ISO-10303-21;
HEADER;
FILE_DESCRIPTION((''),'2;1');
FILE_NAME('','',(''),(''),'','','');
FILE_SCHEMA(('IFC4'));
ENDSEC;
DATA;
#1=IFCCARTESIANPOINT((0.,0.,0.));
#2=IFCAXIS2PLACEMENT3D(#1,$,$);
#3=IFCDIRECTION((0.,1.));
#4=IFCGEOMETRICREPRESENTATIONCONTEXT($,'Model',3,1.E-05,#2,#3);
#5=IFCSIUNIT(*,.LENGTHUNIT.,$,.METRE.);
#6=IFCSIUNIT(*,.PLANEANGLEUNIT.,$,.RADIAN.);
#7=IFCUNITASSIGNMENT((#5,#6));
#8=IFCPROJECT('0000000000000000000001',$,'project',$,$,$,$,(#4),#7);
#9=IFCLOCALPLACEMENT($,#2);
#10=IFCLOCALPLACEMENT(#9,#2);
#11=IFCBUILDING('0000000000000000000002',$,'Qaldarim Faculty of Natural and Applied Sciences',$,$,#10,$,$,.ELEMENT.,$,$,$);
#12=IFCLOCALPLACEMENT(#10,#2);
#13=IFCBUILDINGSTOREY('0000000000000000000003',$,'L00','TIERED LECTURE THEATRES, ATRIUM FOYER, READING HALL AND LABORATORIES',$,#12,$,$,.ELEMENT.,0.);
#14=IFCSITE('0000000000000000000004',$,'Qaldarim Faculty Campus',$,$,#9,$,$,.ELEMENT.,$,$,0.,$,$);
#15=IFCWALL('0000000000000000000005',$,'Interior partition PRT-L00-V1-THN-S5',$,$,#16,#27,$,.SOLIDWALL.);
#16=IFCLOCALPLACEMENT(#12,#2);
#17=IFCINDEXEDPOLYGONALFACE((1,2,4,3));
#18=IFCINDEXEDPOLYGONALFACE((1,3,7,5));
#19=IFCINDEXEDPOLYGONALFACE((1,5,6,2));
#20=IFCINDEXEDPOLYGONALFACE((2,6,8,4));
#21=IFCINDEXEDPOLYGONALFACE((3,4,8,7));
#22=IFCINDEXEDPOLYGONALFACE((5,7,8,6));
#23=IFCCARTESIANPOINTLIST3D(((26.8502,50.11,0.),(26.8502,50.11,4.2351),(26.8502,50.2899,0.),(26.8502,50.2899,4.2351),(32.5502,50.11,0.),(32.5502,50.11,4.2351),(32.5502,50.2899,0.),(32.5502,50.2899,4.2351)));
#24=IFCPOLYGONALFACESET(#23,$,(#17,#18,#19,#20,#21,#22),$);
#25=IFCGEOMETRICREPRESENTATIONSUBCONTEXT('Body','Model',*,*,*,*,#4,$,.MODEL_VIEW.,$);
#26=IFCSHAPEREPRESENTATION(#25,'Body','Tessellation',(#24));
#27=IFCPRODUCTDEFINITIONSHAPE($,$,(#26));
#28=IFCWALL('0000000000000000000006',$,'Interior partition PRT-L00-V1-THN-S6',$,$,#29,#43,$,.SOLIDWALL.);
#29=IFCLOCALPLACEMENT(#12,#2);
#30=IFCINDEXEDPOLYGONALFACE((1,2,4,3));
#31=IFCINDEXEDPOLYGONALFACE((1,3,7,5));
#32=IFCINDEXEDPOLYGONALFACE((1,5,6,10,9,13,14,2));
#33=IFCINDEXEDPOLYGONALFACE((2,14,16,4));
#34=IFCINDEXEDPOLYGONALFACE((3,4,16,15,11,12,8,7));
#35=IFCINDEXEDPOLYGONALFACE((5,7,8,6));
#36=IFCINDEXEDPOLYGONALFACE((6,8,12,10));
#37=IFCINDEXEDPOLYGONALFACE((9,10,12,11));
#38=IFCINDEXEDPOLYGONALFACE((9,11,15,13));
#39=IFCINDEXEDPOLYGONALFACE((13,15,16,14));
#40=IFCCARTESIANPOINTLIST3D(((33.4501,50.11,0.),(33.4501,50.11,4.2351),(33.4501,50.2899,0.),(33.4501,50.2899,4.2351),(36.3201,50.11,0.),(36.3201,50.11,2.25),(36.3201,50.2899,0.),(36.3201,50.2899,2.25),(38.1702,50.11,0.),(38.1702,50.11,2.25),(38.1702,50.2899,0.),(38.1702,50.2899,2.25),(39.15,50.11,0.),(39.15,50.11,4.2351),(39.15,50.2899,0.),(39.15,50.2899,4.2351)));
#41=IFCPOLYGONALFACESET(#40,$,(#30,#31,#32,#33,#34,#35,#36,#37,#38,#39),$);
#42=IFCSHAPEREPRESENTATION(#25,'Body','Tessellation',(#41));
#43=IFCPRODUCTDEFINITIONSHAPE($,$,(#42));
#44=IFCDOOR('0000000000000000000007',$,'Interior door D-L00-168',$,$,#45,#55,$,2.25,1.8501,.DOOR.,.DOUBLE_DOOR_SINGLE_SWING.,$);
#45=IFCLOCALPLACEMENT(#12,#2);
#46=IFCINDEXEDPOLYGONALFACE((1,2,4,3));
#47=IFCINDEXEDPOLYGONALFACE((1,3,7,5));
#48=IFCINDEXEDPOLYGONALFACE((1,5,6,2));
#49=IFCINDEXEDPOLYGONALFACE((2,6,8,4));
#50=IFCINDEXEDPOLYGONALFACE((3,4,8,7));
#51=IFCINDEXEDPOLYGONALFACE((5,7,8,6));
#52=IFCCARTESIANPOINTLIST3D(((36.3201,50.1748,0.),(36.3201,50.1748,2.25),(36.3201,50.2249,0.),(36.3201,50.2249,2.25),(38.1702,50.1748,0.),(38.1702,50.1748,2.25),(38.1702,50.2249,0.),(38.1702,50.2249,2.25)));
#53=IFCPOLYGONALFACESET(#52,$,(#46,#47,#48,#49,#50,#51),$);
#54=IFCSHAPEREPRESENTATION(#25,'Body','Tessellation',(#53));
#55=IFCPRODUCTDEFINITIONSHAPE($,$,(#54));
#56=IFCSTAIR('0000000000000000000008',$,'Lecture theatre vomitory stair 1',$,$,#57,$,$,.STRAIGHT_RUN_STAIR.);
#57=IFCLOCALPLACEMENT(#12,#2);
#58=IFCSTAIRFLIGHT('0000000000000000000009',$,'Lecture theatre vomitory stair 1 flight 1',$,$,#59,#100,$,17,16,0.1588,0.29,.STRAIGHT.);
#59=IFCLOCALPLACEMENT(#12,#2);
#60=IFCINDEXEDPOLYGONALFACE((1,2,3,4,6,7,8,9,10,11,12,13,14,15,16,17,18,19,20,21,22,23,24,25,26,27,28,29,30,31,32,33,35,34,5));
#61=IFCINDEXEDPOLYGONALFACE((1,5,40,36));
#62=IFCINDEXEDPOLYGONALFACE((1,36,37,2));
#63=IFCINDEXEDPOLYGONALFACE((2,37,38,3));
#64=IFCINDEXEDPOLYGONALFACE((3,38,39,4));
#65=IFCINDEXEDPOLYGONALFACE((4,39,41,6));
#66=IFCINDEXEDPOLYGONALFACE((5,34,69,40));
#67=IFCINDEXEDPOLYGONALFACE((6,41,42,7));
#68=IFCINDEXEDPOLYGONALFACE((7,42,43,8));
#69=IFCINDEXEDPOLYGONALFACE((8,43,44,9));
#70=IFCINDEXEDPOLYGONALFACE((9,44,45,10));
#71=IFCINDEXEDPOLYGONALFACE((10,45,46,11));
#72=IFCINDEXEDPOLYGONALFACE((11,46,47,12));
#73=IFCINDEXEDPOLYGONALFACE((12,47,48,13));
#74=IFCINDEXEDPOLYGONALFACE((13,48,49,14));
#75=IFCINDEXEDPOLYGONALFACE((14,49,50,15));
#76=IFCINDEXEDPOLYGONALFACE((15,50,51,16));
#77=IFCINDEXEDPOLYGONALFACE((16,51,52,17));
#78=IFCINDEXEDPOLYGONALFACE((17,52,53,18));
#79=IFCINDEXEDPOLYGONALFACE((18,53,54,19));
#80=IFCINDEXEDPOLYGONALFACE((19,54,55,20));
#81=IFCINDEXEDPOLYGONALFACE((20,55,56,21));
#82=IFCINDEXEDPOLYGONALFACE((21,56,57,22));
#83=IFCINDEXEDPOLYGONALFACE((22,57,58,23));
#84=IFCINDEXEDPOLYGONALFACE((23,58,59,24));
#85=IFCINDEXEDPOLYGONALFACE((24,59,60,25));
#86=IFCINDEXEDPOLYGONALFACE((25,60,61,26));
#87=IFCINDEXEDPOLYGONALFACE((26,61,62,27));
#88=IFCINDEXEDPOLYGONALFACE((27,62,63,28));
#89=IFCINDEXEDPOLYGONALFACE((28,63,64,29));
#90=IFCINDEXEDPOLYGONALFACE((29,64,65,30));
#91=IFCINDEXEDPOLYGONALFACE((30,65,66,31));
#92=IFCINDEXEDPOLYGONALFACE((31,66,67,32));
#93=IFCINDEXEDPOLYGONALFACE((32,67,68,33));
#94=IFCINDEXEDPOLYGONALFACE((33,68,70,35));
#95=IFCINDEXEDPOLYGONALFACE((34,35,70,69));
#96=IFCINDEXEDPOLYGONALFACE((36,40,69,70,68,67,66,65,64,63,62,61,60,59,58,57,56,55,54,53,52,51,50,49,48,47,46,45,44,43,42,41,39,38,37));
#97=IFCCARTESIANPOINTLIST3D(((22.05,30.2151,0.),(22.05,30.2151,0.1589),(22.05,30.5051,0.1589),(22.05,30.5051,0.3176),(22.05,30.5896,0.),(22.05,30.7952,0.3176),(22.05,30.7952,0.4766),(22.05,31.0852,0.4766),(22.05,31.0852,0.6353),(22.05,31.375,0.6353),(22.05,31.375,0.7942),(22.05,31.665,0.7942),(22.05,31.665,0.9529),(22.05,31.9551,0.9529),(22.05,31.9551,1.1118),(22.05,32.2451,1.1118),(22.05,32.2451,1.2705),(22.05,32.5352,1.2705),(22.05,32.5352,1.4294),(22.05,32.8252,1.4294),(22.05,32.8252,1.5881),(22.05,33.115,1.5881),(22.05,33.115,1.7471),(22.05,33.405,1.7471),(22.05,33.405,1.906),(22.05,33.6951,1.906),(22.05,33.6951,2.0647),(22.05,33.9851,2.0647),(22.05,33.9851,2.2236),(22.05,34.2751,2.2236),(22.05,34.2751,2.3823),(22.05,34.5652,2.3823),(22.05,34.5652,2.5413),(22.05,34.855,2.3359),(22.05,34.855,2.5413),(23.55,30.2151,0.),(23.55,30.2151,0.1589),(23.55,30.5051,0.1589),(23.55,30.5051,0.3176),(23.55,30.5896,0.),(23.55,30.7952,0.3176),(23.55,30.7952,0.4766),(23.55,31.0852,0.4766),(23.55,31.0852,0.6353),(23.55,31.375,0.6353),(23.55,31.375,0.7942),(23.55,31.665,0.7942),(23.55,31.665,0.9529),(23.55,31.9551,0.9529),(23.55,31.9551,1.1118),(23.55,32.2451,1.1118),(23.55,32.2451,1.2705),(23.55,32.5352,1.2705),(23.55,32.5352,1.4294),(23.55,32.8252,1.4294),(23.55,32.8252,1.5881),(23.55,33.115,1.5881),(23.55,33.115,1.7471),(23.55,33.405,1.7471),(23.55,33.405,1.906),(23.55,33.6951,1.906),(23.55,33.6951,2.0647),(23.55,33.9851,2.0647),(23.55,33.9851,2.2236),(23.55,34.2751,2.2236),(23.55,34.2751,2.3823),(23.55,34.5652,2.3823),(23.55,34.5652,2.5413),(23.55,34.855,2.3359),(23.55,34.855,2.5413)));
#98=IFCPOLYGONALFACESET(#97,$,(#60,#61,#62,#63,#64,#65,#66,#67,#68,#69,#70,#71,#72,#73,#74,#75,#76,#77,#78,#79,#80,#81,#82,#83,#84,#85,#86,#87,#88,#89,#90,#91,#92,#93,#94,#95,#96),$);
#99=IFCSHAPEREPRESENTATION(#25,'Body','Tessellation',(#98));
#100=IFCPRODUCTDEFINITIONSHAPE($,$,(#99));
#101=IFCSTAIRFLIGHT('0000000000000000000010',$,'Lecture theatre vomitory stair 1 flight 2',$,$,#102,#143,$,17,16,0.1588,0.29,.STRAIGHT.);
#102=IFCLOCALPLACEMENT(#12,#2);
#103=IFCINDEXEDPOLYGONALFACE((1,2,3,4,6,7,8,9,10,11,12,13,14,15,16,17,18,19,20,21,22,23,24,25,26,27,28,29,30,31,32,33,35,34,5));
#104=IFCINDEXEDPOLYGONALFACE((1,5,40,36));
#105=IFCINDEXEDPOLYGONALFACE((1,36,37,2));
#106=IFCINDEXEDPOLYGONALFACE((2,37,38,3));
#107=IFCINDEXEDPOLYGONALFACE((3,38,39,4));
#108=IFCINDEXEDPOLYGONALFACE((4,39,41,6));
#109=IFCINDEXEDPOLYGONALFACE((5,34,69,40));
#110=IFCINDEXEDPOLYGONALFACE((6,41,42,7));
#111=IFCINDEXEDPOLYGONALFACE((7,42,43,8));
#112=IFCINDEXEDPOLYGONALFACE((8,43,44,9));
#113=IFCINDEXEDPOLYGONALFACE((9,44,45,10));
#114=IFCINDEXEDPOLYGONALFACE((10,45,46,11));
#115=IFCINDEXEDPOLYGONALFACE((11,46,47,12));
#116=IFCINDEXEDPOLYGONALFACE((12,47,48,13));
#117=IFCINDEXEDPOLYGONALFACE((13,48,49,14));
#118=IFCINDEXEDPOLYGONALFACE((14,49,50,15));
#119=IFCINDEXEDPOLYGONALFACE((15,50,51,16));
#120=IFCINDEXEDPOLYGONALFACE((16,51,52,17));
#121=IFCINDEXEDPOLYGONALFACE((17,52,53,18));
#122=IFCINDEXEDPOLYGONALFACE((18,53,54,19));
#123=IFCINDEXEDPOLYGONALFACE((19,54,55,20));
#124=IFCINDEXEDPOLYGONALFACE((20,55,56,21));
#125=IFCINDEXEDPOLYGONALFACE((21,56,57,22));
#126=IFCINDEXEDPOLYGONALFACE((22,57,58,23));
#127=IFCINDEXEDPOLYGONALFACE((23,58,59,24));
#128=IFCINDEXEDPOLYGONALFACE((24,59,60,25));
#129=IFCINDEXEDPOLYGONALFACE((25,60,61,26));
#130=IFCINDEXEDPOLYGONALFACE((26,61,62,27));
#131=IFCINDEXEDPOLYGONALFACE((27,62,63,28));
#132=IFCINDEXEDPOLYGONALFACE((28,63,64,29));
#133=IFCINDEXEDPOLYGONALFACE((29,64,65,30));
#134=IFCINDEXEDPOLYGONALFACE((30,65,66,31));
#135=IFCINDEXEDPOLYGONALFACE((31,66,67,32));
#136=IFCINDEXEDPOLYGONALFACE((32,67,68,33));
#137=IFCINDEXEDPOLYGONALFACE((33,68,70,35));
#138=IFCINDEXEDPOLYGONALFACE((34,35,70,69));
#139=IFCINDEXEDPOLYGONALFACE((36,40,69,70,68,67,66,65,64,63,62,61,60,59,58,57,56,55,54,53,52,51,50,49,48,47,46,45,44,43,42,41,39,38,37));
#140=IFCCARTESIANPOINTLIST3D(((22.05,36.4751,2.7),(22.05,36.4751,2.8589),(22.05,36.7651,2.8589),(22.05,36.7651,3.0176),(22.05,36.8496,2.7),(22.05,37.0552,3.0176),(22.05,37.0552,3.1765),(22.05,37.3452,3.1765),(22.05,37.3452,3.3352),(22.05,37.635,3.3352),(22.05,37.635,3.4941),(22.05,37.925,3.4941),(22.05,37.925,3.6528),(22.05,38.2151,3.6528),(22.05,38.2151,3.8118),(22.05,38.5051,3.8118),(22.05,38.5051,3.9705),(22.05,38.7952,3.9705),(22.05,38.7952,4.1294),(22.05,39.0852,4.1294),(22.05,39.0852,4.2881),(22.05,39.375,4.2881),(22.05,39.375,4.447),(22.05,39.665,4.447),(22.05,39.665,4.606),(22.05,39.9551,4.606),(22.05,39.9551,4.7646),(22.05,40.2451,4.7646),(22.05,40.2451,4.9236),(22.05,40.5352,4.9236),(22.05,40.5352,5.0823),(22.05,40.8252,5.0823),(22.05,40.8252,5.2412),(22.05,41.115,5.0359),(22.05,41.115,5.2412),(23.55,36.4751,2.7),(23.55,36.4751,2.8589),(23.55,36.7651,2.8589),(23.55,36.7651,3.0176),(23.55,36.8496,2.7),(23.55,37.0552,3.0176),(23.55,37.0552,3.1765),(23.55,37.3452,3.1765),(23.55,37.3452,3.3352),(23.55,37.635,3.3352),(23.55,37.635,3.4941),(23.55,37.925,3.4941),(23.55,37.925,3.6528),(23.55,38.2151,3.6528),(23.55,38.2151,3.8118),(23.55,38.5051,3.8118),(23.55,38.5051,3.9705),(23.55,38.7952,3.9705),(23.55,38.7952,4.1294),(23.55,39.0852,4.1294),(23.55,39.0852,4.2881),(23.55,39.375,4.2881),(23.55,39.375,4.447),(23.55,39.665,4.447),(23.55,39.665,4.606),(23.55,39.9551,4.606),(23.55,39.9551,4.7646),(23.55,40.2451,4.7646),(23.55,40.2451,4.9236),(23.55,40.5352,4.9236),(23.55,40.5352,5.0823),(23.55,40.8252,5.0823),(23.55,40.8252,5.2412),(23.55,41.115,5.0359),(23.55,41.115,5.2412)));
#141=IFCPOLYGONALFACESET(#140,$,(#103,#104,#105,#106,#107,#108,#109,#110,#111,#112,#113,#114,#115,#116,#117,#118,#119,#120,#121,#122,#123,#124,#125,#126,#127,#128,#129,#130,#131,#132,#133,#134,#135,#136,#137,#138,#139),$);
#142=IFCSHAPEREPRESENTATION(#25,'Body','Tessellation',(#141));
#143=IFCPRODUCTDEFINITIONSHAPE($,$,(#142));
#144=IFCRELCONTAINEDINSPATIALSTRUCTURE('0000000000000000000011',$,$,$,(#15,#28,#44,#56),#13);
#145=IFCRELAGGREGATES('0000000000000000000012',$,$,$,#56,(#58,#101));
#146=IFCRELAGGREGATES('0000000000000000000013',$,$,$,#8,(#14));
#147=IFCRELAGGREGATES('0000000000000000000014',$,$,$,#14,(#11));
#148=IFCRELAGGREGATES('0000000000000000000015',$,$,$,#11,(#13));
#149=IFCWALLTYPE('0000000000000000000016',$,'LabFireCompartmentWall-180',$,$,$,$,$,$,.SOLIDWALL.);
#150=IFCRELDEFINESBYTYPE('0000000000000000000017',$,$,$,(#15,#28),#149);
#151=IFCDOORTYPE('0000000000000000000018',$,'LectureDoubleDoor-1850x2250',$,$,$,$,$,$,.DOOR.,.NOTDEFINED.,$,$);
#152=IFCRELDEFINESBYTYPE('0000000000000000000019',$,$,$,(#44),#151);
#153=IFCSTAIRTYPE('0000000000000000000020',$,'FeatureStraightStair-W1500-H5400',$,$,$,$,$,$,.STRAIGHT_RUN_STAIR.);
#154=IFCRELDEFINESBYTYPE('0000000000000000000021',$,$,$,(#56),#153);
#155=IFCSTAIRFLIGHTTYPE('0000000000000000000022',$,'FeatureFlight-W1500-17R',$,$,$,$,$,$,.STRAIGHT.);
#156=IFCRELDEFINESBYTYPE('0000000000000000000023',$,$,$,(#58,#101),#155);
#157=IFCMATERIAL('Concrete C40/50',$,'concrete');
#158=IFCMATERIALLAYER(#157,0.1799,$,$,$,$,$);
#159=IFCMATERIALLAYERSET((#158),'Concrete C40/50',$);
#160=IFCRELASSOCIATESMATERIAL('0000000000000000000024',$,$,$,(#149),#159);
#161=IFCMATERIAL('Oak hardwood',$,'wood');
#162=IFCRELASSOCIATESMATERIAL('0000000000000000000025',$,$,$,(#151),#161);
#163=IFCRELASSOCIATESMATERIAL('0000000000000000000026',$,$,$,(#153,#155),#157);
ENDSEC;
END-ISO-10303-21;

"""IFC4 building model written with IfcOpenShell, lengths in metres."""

from ifc_helpers import new_model, si_unit, direction, frame, frame_2d, origin, place, context, subcontext, project, spatial, polyline, rectangle, outline, extrude, material, layer, layer_set, type_object, element, fill, aggregate, save


model = new_model("IFC4")

# Units and contexts
model_context = context("Model", 3, precision=1e-05, world=origin(), true_north=direction((0.0, 1.0)))
body_context = subcontext(model_context, "Body", "Model", "MODEL_VIEW")
ifc_project = project(units=[si_unit("LENGTHUNIT", "METRE"), si_unit("PLANEANGLEUNIT", "RADIAN")], contexts=[model_context])

# Site, building, storey
site_placement = place(None, origin())
site = spatial("IfcSite", under=ifc_project, at=site_placement, Name="Qaldarim Faculty Campus", CompositionType="ELEMENT", RefElevation=0.0)
building_placement = place(site_placement, origin())
building = spatial("IfcBuilding", under=site, at=building_placement, Name="Qaldarim Faculty of Natural and Applied Sciences", CompositionType="ELEMENT")
storey_placement = place(building_placement, origin())
storey = spatial("IfcBuildingStorey", under=building, at=storey_placement, Name="L00", Description="TIERED LECTURE THEATRES, ATRIUM FOYER, READING HALL AND LABORATORIES", CompositionType="ELEMENT", Elevation=0.0)

# Shared definitions
ifc_material_1 = material(Name="Concrete C40/50", Category="concrete")

# Wall
ifc_layer = layer(ifc_material_1, 0.1799)
ifc_layer_set = layer_set([ifc_layer], Name="Concrete C40/50")
wall_type = type_object("IfcWallType", Name="LabFireCompartmentWall-180", PredefinedType="SOLIDWALL", material=ifc_layer_set)
wall_1_placement = place(storey_placement, frame((26.8501, 50.2, 0.0), z_axis=(0.0, 0.0, 1.0), x_axis=(1.0, 0.0, 0.0)))
element("IfcWall", 1, at=wall_1_placement, inside=storey, type_object=wall_type, Name="Interior partition PRT-L00-V1-THN-S5", PredefinedType="SOLIDWALL", context=body_context, shape_type="SweptSolid", body=[
    extrude(rectangle(XDim=5.7, YDim=0.1799, at=frame_2d((2.8501, 0.0))), origin(), (0.0, 0.0, 1.0), 4.2351),
])

# Wall, opening, door
wall_2_placement = place(storey_placement, frame((33.45, 50.2, 0.0), z_axis=(0.0, 0.0, 1.0), x_axis=(1.0, 0.0, 0.0)))
wall_2 = element("IfcWall", 2, at=wall_2_placement, inside=storey, type_object=wall_type, Name="Interior partition PRT-L00-V1-THN-S6", PredefinedType="SOLIDWALL", context=body_context, shape_type="SweptSolid", body=[
    extrude(rectangle(XDim=5.7, YDim=0.1799, at=frame_2d((2.8501, 0.0))), origin(), (0.0, 0.0, 1.0), 4.2351),
])
opening_placement = place(wall_2_placement, frame((2.8701, 0.0, 0.0)))
opening = element("IfcOpeningElement", 3, at=opening_placement, cuts=wall_2, PredefinedType="OPENING", context=body_context, shape_type="SweptSolid", body=[
    extrude(rectangle(XDim=1.8501, YDim=2.25, at=frame_2d((0.925, 1.125))), frame((0.0, 0.0999, 0.0), z_axis=(0.0, -1.0, 0.0), x_axis=(1.0, 0.0, 0.0)), (0.0, 0.0, 1.0), 0.2),
])
ifc_material_2 = material(Name="Oak hardwood", Category="wood")
door_type = type_object("IfcDoorType", Name="LectureDoubleDoor-1850x2250", OperationType="NOTDEFINED", PredefinedType="DOOR", material=ifc_material_2)
door_placement = place(opening_placement, origin())
door = element("IfcDoor", 4, at=door_placement, inside=storey, type_object=door_type, Name="Interior door D-L00-168", OperationType="DOUBLE_DOOR_SINGLE_SWING", OverallHeight=2.25, OverallWidth=1.8501, PredefinedType="DOOR", context=body_context, shape_type="SweptSolid", body=[
    extrude(rectangle(XDim=1.8501, YDim=2.25, at=frame_2d((0.925, 1.125))), frame((0.0, 0.0249, 0.0), z_axis=(0.0, -1.0, 0.0), x_axis=(1.0, 0.0, 0.0)), (0.0, 0.0, 1.0), 0.05),
])
fill(opening, door)

# Stair, stair flights
stair_type = type_object("IfcStairType", Name="FeatureStraightStair-W1500-H5400", PredefinedType="STRAIGHT_RUN_STAIR", material=ifc_material_1)
stair_placement = place(storey_placement, origin())
stair = element("IfcStair", 5, at=stair_placement, inside=storey, type_object=stair_type, Name="Lecture theatre vomitory stair 1", PredefinedType="STRAIGHT_RUN_STAIR")
stair_flight_type = type_object("IfcStairFlightType", Name="FeatureFlight-W1500-17R", PredefinedType="STRAIGHT", material=ifc_material_1)
stair_flight_1_placement = place(storey_placement, frame((22.8, 30.2151, 0.0), z_axis=(0.0, 0.0, 1.0), x_axis=(0.0, 1.0, 0.0)))
stair_flight_1 = element("IfcStairFlight", 6, at=stair_flight_1_placement, type_object=stair_flight_type, Name="Lecture theatre vomitory stair 1 flight 1", NumberOfRisers=17, NumberOfTreads=16, PredefinedType="STRAIGHT", RiserHeight=0.1588, TreadLength=0.29, context=body_context, shape_type="SweptSolid", body=[
    extrude(outline(polyline([(0.0, 0.0), (0.0, 0.1589), (0.29, 0.1589), (0.29, 0.3176), (0.5801, 0.3176), (0.5801, 0.4766), (0.8701, 0.4766), (0.8701, 0.6353), (1.1599, 0.6353), (1.1599, 0.7942), (1.45, 0.7942), (1.45, 0.9529), (1.74, 0.9529), (1.74, 1.1118), (2.03, 1.1118), (2.03, 1.2705), (2.3201, 1.2705), (2.3201, 1.4294), (2.6101, 1.4294), (2.6101, 1.5881), (2.8999, 1.5881), (2.8999, 1.7471), (3.1899, 1.7471), (3.1899, 1.906), (3.48, 1.906), (3.48, 2.0647), (3.77, 2.0647), (3.77, 2.2236), (4.0601, 2.2236), (4.0601, 2.3823), (4.3501, 2.3823), (4.3501, 2.5413), (4.6399, 2.5413), (4.6399, 2.7), (4.6399, 2.3359), (0.3745, 0.0), (0.0, 0.0)])), frame((0.0, 0.75, 0.0), z_axis=(0.0, -1.0, 0.0), x_axis=(1.0, 0.0, 0.0)), (0.0, 0.0, 1.0), 1.5),
])
stair_flight_2_placement = place(storey_placement, frame((22.8, 36.4751, 2.7), z_axis=(0.0, 0.0, 1.0), x_axis=(0.0, 1.0, 0.0)))
stair_flight_2 = element("IfcStairFlight", 7, at=stair_flight_2_placement, type_object=stair_flight_type, Name="Lecture theatre vomitory stair 1 flight 2", NumberOfRisers=17, NumberOfTreads=16, PredefinedType="STRAIGHT", RiserHeight=0.1588, TreadLength=0.29, context=body_context, shape_type="SweptSolid", body=[
    extrude(outline(polyline([(0.0, 0.0), (0.0, 0.1589), (0.29, 0.1589), (0.29, 0.3176), (0.5801, 0.3176), (0.5801, 0.4766), (0.8701, 0.4766), (0.8701, 0.6353), (1.1599, 0.6353), (1.1599, 0.7942), (1.45, 0.7942), (1.45, 0.9529), (1.74, 0.9529), (1.74, 1.1118), (2.03, 1.1118), (2.03, 1.2705), (2.3201, 1.2705), (2.3201, 1.4294), (2.6101, 1.4294), (2.6101, 1.5881), (2.8999, 1.5881), (2.8999, 1.7471), (3.1899, 1.7471), (3.1899, 1.906), (3.48, 1.906), (3.48, 2.0647), (3.77, 2.0647), (3.77, 2.2236), (4.0601, 2.2236), (4.0601, 2.3823), (4.3501, 2.3823), (4.3501, 2.5413), (4.6399, 2.5413), (4.6399, 2.7), (4.6399, 2.3359), (0.3745, 0.0), (0.0, 0.0)])), frame((0.0, 0.75, 0.0), z_axis=(0.0, -1.0, 0.0), x_axis=(1.0, 0.0, 0.0)), (0.0, 0.0, 1.0), 1.5),
])
aggregate(stair, [stair_flight_1, stair_flight_2])

save(model, "model.ifc")
